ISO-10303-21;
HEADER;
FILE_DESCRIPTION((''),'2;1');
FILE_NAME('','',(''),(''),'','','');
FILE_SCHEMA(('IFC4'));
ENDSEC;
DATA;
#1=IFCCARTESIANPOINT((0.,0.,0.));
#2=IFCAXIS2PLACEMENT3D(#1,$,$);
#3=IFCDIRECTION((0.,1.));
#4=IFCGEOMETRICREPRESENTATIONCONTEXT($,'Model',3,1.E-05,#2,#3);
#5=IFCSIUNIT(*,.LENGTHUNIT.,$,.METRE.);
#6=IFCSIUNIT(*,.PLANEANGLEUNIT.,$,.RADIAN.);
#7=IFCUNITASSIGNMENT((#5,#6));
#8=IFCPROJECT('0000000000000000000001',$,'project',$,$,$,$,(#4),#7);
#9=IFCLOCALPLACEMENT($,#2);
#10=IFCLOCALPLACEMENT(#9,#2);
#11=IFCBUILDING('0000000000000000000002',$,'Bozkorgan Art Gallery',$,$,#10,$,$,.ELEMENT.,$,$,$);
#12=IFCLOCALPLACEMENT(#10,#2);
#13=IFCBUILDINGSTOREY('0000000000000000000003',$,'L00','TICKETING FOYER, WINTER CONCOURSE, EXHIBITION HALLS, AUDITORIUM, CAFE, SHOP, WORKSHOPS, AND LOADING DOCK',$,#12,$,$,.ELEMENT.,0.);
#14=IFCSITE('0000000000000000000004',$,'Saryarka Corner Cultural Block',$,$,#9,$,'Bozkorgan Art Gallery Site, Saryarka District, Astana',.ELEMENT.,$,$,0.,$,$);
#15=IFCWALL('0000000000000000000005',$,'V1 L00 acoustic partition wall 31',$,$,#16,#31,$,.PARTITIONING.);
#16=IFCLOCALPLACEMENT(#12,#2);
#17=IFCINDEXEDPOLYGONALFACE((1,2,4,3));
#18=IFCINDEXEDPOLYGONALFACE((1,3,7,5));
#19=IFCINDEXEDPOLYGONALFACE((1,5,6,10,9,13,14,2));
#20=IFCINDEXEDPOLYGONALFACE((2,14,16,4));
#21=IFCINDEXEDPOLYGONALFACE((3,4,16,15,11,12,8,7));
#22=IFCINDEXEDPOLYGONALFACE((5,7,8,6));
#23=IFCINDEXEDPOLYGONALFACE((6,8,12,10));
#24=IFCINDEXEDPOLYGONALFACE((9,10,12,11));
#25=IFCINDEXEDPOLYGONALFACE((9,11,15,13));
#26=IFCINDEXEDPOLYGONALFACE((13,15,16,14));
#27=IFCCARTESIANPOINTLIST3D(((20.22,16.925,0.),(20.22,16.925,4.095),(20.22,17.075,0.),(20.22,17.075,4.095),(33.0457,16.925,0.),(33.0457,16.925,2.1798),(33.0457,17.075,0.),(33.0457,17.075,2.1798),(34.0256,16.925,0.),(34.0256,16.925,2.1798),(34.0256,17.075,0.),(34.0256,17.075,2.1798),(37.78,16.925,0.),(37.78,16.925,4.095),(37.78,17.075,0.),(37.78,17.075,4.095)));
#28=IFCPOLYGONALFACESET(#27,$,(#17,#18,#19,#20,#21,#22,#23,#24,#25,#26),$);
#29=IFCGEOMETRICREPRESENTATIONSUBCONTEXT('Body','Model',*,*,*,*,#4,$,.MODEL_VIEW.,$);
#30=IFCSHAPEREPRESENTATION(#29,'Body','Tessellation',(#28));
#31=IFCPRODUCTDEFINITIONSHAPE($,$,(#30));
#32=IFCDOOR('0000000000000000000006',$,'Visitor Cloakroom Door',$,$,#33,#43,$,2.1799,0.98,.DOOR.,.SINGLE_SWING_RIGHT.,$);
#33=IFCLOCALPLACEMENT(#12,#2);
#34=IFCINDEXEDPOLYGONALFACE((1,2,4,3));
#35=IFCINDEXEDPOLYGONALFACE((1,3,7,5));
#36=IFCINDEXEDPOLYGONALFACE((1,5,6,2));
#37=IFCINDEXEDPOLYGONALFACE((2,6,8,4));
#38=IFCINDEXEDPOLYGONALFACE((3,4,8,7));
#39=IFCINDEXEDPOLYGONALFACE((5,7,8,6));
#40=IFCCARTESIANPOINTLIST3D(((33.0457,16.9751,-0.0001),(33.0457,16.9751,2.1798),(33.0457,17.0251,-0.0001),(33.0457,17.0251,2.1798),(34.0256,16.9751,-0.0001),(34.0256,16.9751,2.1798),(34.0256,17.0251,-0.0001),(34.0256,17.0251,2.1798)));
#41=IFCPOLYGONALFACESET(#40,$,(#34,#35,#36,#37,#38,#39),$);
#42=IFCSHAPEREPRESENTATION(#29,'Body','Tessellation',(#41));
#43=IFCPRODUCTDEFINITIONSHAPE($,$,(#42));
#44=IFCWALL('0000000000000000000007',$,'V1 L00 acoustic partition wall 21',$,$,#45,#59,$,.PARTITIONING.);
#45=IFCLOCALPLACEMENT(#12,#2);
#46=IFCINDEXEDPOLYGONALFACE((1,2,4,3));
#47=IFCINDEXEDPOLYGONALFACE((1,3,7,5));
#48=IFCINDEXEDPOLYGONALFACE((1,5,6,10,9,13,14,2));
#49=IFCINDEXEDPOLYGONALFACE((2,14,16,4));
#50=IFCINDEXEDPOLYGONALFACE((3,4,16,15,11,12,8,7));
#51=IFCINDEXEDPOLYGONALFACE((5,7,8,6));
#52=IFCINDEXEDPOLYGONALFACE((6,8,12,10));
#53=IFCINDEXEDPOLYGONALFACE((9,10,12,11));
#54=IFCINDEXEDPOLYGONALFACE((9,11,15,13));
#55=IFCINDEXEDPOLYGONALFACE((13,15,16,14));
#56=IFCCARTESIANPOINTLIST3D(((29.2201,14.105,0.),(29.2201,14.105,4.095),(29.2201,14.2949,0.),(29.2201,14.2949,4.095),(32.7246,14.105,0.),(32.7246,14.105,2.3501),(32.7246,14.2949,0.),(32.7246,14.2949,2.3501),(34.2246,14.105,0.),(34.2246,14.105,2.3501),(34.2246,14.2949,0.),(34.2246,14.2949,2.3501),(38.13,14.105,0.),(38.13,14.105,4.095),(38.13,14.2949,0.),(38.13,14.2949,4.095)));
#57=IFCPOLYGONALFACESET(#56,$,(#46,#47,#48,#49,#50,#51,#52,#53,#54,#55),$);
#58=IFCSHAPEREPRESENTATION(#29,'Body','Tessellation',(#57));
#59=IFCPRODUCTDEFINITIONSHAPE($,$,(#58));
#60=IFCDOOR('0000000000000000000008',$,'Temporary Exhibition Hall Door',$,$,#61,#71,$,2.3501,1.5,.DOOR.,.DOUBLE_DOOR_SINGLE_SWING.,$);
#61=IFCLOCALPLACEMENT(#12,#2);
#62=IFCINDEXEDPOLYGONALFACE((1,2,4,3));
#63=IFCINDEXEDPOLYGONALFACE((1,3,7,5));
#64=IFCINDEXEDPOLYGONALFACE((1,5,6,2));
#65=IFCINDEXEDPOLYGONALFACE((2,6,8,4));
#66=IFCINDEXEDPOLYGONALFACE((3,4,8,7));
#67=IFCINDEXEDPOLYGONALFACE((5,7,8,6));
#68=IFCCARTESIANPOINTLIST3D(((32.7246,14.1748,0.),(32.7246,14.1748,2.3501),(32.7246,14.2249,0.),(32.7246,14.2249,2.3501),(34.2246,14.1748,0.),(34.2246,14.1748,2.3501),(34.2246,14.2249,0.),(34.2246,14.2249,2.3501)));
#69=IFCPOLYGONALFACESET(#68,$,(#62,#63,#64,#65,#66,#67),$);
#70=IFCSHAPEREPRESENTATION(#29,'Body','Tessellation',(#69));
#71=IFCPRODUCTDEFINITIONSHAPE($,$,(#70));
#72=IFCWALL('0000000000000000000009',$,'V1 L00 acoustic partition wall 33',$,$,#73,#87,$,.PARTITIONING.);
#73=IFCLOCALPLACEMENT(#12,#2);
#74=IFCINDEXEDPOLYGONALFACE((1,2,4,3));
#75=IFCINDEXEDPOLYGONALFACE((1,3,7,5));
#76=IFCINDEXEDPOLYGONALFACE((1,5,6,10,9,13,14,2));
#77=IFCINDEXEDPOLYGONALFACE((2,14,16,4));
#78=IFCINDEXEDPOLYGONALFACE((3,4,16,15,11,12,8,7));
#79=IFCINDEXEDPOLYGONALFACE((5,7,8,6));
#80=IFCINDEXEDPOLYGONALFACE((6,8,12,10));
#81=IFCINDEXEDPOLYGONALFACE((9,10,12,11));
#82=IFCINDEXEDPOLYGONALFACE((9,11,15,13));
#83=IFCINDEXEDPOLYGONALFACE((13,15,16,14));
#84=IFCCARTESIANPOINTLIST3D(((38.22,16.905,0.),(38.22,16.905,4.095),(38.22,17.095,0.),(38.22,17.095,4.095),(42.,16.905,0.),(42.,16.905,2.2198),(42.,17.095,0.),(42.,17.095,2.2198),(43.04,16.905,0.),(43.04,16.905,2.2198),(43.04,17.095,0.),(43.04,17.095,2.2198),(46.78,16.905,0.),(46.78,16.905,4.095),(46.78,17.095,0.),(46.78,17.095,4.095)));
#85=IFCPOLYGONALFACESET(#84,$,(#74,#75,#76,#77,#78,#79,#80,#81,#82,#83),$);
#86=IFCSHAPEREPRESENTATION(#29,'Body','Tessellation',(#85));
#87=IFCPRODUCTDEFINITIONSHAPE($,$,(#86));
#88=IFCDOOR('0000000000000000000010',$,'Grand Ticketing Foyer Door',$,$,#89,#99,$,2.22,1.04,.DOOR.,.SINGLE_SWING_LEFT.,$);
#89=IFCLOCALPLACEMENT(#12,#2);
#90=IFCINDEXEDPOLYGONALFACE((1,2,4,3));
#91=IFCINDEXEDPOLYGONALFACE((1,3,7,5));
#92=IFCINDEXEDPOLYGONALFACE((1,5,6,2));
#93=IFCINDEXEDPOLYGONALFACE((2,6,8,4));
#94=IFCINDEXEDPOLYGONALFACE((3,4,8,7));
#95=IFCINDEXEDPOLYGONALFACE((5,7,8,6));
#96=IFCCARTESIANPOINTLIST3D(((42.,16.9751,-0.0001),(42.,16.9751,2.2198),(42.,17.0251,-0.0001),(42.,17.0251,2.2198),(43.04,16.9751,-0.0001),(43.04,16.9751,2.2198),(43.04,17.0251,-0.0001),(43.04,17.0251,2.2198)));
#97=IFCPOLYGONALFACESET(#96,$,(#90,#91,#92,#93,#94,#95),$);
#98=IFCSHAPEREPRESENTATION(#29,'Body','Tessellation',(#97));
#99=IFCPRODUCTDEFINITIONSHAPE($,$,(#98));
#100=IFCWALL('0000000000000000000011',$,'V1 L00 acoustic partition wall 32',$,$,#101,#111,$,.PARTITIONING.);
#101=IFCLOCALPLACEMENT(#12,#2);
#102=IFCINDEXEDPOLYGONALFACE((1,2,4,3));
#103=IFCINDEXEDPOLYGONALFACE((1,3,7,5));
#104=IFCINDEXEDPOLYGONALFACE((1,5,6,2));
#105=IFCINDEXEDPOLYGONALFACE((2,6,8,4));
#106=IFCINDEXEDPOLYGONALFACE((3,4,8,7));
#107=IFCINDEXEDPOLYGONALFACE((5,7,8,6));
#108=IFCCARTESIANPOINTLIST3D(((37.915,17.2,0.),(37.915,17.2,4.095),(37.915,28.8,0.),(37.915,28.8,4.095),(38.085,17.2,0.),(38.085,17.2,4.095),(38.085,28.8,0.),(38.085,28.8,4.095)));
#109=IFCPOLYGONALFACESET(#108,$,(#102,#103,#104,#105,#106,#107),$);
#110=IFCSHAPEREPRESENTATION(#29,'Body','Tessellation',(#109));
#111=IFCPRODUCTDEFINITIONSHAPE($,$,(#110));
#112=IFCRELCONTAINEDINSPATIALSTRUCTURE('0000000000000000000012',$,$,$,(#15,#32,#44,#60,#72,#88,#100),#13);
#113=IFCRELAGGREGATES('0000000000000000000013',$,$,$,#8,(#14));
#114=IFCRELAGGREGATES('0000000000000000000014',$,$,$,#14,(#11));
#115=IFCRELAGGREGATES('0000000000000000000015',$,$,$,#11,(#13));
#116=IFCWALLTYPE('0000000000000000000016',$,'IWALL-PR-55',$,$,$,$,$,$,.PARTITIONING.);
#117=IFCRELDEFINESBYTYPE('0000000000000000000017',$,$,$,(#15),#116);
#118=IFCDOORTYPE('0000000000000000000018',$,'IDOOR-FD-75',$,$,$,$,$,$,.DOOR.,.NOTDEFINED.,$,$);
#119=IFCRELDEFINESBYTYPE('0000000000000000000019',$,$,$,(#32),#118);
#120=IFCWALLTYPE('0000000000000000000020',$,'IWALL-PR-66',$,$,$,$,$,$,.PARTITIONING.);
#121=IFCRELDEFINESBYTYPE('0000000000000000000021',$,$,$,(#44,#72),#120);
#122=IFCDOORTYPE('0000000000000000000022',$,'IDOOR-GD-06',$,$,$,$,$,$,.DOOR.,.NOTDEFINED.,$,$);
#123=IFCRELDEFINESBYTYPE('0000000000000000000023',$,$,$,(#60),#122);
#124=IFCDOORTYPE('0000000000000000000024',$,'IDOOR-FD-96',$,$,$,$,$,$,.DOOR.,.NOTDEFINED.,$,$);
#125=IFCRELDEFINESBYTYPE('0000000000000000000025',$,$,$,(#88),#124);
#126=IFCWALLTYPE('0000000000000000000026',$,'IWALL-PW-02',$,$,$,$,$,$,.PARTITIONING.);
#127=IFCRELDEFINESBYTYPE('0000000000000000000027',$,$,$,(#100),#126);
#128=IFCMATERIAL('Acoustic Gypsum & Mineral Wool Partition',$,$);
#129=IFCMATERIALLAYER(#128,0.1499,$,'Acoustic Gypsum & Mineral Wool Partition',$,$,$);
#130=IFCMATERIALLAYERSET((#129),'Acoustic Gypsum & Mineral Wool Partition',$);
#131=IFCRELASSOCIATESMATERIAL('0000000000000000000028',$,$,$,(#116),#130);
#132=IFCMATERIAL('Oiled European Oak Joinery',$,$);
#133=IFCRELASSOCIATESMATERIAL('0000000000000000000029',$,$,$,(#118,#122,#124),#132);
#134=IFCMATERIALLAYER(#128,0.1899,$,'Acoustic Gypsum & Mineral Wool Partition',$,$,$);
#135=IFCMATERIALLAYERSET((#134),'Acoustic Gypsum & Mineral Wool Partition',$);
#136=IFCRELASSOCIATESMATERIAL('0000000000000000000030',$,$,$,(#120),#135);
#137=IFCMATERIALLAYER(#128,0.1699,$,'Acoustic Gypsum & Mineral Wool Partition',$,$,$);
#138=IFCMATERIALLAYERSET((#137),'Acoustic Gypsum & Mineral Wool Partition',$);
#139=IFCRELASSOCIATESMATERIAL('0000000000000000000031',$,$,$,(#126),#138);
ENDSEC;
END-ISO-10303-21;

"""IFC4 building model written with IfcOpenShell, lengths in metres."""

from ifc_helpers import new_model, si_unit, direction, frame, frame_2d, origin, place, context, subcontext, project, spatial, rectangle, extrude, material, layer, layer_set, type_object, element, fill, save


model = new_model("IFC4")

# Units and contexts
model_context = context("Model", 3, precision=1e-05, world=origin(), true_north=direction((0.0, 1.0)))
body_context = subcontext(model_context, "Body", "Model", "MODEL_VIEW")
ifc_project = project(units=[si_unit("LENGTHUNIT", "METRE"), si_unit("PLANEANGLEUNIT", "RADIAN")], contexts=[model_context])

# Site, building, storey
site_placement = place(None, origin())
site = spatial("IfcSite", under=ifc_project, at=site_placement, Name="Saryarka Corner Cultural Block", LongName="Bozkorgan Art Gallery Site, Saryarka District, Astana", CompositionType="ELEMENT", RefElevation=0.0)
building_placement = place(site_placement, origin())
building = spatial("IfcBuilding", under=site, at=building_placement, Name="Bozkorgan Art Gallery", CompositionType="ELEMENT")
storey_placement = place(building_placement, origin())
storey = spatial("IfcBuildingStorey", under=building, at=storey_placement, Name="L00", Description="TICKETING FOYER, WINTER CONCOURSE, EXHIBITION HALLS, AUDITORIUM, CAFE, SHOP, WORKSHOPS, AND LOADING DOCK", CompositionType="ELEMENT", Elevation=0.0)

# Walls, openings, doors
ifc_material_1 = material(Name="Acoustic Gypsum & Mineral Wool Partition")
ifc_material_2 = material(Name="Oiled European Oak Joinery")
ifc_layer_1 = layer(ifc_material_1, 0.1499, Name="Acoustic Gypsum & Mineral Wool Partition")
ifc_layer_set_1 = layer_set([ifc_layer_1], Name="Acoustic Gypsum & Mineral Wool Partition")
wall_type_1 = type_object("IfcWallType", Name="IWALL-PR-55", PredefinedType="PARTITIONING", material=ifc_layer_set_1)
wall_1_placement = place(storey_placement, frame((20.22, 17.0, 0.0), z_axis=(0.0, 0.0, 1.0), x_axis=(1.0, 0.0, 0.0)))
wall_1 = element("IfcWall", 1, at=wall_1_placement, inside=storey, type_object=wall_type_1, Name="V1 L00 acoustic partition wall 31", PredefinedType="PARTITIONING", context=body_context, shape_type="SweptSolid", body=[
    extrude(rectangle(XDim=17.5601, YDim=0.1499, at=frame_2d((8.78, 0.0))), origin(), (0.0, 0.0, 1.0), 4.095),
])
opening_1_placement = place(wall_1_placement, frame((13.8057, 0.0, 0.0), z_axis=(0.0, 0.0, 1.0), x_axis=(-1.0, 0.0, 0.0)))
opening_1 = element("IfcOpeningElement", 2, at=opening_1_placement, cuts=wall_1, PredefinedType="OPENING", context=body_context, shape_type="SweptSolid", body=[
    extrude(rectangle(XDim=0.98, YDim=2.1799, at=frame_2d((0.49, 1.0898))), frame((0.0, 0.085, 0.0), z_axis=(0.0, -1.0, 0.0), x_axis=(1.0, 0.0, 0.0)), (0.0, 0.0, 1.0), 0.1699),
])
door_type_1 = type_object("IfcDoorType", Name="IDOOR-FD-75", OperationType="NOTDEFINED", PredefinedType="DOOR", material=ifc_material_2)
door_1_placement = place(opening_1_placement, origin())
door_1 = element("IfcDoor", 3, at=door_1_placement, inside=storey, type_object=door_type_1, Name="Visitor Cloakroom Door", OperationType="SINGLE_SWING_RIGHT", OverallHeight=2.1799, OverallWidth=0.98, PredefinedType="DOOR", context=body_context, shape_type="SweptSolid", body=[
    extrude(rectangle(XDim=0.98, YDim=2.1799, at=frame_2d((0.49, 1.0898))), frame((0.0, 0.0249, 0.0), z_axis=(0.0, -1.0, 0.0), x_axis=(1.0, 0.0, 0.0)), (0.0, 0.0, 1.0), 0.05),
])
fill(opening_1, door_1)
ifc_layer_2 = layer(ifc_material_1, 0.1899, Name="Acoustic Gypsum & Mineral Wool Partition")
ifc_layer_set_2 = layer_set([ifc_layer_2], Name="Acoustic Gypsum & Mineral Wool Partition")
wall_type_2 = type_object("IfcWallType", Name="IWALL-PR-66", PredefinedType="PARTITIONING", material=ifc_layer_set_2)
wall_2_placement = place(storey_placement, frame((29.22, 14.2, 0.0), z_axis=(0.0, 0.0, 1.0), x_axis=(1.0, 0.0, 0.0)))
wall_2 = element("IfcWall", 4, at=wall_2_placement, inside=storey, type_object=wall_type_2, Name="V1 L00 acoustic partition wall 21", PredefinedType="PARTITIONING", context=body_context, shape_type="SweptSolid", body=[
    extrude(rectangle(XDim=8.9099, YDim=0.1899, at=frame_2d((4.4551, 0.0))), origin(), (0.0, 0.0, 1.0), 4.095),
])
opening_2_placement = place(wall_2_placement, frame((3.5046, 0.0, 0.0)))
opening_2 = element("IfcOpeningElement", 5, at=opening_2_placement, cuts=wall_2, PredefinedType="OPENING", context=body_context, shape_type="SweptSolid", body=[
    extrude(rectangle(XDim=1.5, YDim=2.3501, at=frame_2d((0.75, 1.175))), frame((0.0, 0.105, 0.0), z_axis=(0.0, -1.0, 0.0), x_axis=(1.0, 0.0, 0.0)), (0.0, 0.0, 1.0), 0.21),
])
door_type_2 = type_object("IfcDoorType", Name="IDOOR-GD-06", OperationType="NOTDEFINED", PredefinedType="DOOR", material=ifc_material_2)
door_2_placement = place(opening_2_placement, origin())
door_2 = element("IfcDoor", 6, at=door_2_placement, inside=storey, type_object=door_type_2, Name="Temporary Exhibition Hall Door", OperationType="DOUBLE_DOOR_SINGLE_SWING", OverallHeight=2.3501, OverallWidth=1.5, PredefinedType="DOOR", context=body_context, shape_type="SweptSolid", body=[
    extrude(rectangle(XDim=1.5, YDim=2.3501, at=frame_2d((0.75, 1.175))), frame((0.0, 0.0249, 0.0), z_axis=(0.0, -1.0, 0.0), x_axis=(1.0, 0.0, 0.0)), (0.0, 0.0, 1.0), 0.05),
])
fill(opening_2, door_2)
wall_3_placement = place(storey_placement, frame((38.22, 17.0, 0.0), z_axis=(0.0, 0.0, 1.0), x_axis=(1.0, 0.0, 0.0)))
wall_3 = element("IfcWall", 7, at=wall_3_placement, inside=storey, type_object=wall_type_2, Name="V1 L00 acoustic partition wall 33", PredefinedType="PARTITIONING", context=body_context, shape_type="SweptSolid", body=[
    extrude(rectangle(XDim=8.5601, YDim=0.1899, at=frame_2d((4.28, 0.0))), origin(), (0.0, 0.0, 1.0), 4.095),
])
opening_3_placement = place(wall_3_placement, frame((4.8201, 0.0, 0.0), z_axis=(0.0, 0.0, 1.0), x_axis=(-1.0, 0.0, 0.0)))
opening_3 = element("IfcOpeningElement", 8, at=opening_3_placement, cuts=wall_3, PredefinedType="OPENING", context=body_context, shape_type="SweptSolid", body=[
    extrude(rectangle(XDim=1.04, YDim=2.22, at=frame_2d((0.52, 1.1099))), frame((0.0, 0.105, 0.0), z_axis=(0.0, -1.0, 0.0), x_axis=(1.0, 0.0, 0.0)), (0.0, 0.0, 1.0), 0.21),
])
door_type_3 = type_object("IfcDoorType", Name="IDOOR-FD-96", OperationType="NOTDEFINED", PredefinedType="DOOR", material=ifc_material_2)
door_3_placement = place(opening_3_placement, origin())
door_3 = element("IfcDoor", 9, at=door_3_placement, inside=storey, type_object=door_type_3, Name="Grand Ticketing Foyer Door", OperationType="SINGLE_SWING_LEFT", OverallHeight=2.22, OverallWidth=1.04, PredefinedType="DOOR", context=body_context, shape_type="SweptSolid", body=[
    extrude(rectangle(XDim=1.04, YDim=2.22, at=frame_2d((0.52, 1.1099))), frame((0.0, 0.0249, 0.0), z_axis=(0.0, -1.0, 0.0), x_axis=(1.0, 0.0, 0.0)), (0.0, 0.0, 1.0), 0.05),
])
fill(opening_3, door_3)

# Wall
ifc_layer_3 = layer(ifc_material_1, 0.1699, Name="Acoustic Gypsum & Mineral Wool Partition")
ifc_layer_set_3 = layer_set([ifc_layer_3], Name="Acoustic Gypsum & Mineral Wool Partition")
wall_type_3 = type_object("IfcWallType", Name="IWALL-PW-02", PredefinedType="PARTITIONING", material=ifc_layer_set_3)
wall_4_placement = place(storey_placement, frame((38.0, 17.2, 0.0), z_axis=(0.0, 0.0, 1.0), x_axis=(0.0, 1.0, 0.0)))
element("IfcWall", 10, at=wall_4_placement, inside=storey, type_object=wall_type_3, Name="V1 L00 acoustic partition wall 32", PredefinedType="PARTITIONING", context=body_context, shape_type="SweptSolid", body=[
    extrude(rectangle(XDim=11.6001, YDim=0.1699, at=frame_2d((5.8, 0.0))), origin(), (0.0, 0.0, 1.0), 4.095),
])

save(model, "model.ifc")
